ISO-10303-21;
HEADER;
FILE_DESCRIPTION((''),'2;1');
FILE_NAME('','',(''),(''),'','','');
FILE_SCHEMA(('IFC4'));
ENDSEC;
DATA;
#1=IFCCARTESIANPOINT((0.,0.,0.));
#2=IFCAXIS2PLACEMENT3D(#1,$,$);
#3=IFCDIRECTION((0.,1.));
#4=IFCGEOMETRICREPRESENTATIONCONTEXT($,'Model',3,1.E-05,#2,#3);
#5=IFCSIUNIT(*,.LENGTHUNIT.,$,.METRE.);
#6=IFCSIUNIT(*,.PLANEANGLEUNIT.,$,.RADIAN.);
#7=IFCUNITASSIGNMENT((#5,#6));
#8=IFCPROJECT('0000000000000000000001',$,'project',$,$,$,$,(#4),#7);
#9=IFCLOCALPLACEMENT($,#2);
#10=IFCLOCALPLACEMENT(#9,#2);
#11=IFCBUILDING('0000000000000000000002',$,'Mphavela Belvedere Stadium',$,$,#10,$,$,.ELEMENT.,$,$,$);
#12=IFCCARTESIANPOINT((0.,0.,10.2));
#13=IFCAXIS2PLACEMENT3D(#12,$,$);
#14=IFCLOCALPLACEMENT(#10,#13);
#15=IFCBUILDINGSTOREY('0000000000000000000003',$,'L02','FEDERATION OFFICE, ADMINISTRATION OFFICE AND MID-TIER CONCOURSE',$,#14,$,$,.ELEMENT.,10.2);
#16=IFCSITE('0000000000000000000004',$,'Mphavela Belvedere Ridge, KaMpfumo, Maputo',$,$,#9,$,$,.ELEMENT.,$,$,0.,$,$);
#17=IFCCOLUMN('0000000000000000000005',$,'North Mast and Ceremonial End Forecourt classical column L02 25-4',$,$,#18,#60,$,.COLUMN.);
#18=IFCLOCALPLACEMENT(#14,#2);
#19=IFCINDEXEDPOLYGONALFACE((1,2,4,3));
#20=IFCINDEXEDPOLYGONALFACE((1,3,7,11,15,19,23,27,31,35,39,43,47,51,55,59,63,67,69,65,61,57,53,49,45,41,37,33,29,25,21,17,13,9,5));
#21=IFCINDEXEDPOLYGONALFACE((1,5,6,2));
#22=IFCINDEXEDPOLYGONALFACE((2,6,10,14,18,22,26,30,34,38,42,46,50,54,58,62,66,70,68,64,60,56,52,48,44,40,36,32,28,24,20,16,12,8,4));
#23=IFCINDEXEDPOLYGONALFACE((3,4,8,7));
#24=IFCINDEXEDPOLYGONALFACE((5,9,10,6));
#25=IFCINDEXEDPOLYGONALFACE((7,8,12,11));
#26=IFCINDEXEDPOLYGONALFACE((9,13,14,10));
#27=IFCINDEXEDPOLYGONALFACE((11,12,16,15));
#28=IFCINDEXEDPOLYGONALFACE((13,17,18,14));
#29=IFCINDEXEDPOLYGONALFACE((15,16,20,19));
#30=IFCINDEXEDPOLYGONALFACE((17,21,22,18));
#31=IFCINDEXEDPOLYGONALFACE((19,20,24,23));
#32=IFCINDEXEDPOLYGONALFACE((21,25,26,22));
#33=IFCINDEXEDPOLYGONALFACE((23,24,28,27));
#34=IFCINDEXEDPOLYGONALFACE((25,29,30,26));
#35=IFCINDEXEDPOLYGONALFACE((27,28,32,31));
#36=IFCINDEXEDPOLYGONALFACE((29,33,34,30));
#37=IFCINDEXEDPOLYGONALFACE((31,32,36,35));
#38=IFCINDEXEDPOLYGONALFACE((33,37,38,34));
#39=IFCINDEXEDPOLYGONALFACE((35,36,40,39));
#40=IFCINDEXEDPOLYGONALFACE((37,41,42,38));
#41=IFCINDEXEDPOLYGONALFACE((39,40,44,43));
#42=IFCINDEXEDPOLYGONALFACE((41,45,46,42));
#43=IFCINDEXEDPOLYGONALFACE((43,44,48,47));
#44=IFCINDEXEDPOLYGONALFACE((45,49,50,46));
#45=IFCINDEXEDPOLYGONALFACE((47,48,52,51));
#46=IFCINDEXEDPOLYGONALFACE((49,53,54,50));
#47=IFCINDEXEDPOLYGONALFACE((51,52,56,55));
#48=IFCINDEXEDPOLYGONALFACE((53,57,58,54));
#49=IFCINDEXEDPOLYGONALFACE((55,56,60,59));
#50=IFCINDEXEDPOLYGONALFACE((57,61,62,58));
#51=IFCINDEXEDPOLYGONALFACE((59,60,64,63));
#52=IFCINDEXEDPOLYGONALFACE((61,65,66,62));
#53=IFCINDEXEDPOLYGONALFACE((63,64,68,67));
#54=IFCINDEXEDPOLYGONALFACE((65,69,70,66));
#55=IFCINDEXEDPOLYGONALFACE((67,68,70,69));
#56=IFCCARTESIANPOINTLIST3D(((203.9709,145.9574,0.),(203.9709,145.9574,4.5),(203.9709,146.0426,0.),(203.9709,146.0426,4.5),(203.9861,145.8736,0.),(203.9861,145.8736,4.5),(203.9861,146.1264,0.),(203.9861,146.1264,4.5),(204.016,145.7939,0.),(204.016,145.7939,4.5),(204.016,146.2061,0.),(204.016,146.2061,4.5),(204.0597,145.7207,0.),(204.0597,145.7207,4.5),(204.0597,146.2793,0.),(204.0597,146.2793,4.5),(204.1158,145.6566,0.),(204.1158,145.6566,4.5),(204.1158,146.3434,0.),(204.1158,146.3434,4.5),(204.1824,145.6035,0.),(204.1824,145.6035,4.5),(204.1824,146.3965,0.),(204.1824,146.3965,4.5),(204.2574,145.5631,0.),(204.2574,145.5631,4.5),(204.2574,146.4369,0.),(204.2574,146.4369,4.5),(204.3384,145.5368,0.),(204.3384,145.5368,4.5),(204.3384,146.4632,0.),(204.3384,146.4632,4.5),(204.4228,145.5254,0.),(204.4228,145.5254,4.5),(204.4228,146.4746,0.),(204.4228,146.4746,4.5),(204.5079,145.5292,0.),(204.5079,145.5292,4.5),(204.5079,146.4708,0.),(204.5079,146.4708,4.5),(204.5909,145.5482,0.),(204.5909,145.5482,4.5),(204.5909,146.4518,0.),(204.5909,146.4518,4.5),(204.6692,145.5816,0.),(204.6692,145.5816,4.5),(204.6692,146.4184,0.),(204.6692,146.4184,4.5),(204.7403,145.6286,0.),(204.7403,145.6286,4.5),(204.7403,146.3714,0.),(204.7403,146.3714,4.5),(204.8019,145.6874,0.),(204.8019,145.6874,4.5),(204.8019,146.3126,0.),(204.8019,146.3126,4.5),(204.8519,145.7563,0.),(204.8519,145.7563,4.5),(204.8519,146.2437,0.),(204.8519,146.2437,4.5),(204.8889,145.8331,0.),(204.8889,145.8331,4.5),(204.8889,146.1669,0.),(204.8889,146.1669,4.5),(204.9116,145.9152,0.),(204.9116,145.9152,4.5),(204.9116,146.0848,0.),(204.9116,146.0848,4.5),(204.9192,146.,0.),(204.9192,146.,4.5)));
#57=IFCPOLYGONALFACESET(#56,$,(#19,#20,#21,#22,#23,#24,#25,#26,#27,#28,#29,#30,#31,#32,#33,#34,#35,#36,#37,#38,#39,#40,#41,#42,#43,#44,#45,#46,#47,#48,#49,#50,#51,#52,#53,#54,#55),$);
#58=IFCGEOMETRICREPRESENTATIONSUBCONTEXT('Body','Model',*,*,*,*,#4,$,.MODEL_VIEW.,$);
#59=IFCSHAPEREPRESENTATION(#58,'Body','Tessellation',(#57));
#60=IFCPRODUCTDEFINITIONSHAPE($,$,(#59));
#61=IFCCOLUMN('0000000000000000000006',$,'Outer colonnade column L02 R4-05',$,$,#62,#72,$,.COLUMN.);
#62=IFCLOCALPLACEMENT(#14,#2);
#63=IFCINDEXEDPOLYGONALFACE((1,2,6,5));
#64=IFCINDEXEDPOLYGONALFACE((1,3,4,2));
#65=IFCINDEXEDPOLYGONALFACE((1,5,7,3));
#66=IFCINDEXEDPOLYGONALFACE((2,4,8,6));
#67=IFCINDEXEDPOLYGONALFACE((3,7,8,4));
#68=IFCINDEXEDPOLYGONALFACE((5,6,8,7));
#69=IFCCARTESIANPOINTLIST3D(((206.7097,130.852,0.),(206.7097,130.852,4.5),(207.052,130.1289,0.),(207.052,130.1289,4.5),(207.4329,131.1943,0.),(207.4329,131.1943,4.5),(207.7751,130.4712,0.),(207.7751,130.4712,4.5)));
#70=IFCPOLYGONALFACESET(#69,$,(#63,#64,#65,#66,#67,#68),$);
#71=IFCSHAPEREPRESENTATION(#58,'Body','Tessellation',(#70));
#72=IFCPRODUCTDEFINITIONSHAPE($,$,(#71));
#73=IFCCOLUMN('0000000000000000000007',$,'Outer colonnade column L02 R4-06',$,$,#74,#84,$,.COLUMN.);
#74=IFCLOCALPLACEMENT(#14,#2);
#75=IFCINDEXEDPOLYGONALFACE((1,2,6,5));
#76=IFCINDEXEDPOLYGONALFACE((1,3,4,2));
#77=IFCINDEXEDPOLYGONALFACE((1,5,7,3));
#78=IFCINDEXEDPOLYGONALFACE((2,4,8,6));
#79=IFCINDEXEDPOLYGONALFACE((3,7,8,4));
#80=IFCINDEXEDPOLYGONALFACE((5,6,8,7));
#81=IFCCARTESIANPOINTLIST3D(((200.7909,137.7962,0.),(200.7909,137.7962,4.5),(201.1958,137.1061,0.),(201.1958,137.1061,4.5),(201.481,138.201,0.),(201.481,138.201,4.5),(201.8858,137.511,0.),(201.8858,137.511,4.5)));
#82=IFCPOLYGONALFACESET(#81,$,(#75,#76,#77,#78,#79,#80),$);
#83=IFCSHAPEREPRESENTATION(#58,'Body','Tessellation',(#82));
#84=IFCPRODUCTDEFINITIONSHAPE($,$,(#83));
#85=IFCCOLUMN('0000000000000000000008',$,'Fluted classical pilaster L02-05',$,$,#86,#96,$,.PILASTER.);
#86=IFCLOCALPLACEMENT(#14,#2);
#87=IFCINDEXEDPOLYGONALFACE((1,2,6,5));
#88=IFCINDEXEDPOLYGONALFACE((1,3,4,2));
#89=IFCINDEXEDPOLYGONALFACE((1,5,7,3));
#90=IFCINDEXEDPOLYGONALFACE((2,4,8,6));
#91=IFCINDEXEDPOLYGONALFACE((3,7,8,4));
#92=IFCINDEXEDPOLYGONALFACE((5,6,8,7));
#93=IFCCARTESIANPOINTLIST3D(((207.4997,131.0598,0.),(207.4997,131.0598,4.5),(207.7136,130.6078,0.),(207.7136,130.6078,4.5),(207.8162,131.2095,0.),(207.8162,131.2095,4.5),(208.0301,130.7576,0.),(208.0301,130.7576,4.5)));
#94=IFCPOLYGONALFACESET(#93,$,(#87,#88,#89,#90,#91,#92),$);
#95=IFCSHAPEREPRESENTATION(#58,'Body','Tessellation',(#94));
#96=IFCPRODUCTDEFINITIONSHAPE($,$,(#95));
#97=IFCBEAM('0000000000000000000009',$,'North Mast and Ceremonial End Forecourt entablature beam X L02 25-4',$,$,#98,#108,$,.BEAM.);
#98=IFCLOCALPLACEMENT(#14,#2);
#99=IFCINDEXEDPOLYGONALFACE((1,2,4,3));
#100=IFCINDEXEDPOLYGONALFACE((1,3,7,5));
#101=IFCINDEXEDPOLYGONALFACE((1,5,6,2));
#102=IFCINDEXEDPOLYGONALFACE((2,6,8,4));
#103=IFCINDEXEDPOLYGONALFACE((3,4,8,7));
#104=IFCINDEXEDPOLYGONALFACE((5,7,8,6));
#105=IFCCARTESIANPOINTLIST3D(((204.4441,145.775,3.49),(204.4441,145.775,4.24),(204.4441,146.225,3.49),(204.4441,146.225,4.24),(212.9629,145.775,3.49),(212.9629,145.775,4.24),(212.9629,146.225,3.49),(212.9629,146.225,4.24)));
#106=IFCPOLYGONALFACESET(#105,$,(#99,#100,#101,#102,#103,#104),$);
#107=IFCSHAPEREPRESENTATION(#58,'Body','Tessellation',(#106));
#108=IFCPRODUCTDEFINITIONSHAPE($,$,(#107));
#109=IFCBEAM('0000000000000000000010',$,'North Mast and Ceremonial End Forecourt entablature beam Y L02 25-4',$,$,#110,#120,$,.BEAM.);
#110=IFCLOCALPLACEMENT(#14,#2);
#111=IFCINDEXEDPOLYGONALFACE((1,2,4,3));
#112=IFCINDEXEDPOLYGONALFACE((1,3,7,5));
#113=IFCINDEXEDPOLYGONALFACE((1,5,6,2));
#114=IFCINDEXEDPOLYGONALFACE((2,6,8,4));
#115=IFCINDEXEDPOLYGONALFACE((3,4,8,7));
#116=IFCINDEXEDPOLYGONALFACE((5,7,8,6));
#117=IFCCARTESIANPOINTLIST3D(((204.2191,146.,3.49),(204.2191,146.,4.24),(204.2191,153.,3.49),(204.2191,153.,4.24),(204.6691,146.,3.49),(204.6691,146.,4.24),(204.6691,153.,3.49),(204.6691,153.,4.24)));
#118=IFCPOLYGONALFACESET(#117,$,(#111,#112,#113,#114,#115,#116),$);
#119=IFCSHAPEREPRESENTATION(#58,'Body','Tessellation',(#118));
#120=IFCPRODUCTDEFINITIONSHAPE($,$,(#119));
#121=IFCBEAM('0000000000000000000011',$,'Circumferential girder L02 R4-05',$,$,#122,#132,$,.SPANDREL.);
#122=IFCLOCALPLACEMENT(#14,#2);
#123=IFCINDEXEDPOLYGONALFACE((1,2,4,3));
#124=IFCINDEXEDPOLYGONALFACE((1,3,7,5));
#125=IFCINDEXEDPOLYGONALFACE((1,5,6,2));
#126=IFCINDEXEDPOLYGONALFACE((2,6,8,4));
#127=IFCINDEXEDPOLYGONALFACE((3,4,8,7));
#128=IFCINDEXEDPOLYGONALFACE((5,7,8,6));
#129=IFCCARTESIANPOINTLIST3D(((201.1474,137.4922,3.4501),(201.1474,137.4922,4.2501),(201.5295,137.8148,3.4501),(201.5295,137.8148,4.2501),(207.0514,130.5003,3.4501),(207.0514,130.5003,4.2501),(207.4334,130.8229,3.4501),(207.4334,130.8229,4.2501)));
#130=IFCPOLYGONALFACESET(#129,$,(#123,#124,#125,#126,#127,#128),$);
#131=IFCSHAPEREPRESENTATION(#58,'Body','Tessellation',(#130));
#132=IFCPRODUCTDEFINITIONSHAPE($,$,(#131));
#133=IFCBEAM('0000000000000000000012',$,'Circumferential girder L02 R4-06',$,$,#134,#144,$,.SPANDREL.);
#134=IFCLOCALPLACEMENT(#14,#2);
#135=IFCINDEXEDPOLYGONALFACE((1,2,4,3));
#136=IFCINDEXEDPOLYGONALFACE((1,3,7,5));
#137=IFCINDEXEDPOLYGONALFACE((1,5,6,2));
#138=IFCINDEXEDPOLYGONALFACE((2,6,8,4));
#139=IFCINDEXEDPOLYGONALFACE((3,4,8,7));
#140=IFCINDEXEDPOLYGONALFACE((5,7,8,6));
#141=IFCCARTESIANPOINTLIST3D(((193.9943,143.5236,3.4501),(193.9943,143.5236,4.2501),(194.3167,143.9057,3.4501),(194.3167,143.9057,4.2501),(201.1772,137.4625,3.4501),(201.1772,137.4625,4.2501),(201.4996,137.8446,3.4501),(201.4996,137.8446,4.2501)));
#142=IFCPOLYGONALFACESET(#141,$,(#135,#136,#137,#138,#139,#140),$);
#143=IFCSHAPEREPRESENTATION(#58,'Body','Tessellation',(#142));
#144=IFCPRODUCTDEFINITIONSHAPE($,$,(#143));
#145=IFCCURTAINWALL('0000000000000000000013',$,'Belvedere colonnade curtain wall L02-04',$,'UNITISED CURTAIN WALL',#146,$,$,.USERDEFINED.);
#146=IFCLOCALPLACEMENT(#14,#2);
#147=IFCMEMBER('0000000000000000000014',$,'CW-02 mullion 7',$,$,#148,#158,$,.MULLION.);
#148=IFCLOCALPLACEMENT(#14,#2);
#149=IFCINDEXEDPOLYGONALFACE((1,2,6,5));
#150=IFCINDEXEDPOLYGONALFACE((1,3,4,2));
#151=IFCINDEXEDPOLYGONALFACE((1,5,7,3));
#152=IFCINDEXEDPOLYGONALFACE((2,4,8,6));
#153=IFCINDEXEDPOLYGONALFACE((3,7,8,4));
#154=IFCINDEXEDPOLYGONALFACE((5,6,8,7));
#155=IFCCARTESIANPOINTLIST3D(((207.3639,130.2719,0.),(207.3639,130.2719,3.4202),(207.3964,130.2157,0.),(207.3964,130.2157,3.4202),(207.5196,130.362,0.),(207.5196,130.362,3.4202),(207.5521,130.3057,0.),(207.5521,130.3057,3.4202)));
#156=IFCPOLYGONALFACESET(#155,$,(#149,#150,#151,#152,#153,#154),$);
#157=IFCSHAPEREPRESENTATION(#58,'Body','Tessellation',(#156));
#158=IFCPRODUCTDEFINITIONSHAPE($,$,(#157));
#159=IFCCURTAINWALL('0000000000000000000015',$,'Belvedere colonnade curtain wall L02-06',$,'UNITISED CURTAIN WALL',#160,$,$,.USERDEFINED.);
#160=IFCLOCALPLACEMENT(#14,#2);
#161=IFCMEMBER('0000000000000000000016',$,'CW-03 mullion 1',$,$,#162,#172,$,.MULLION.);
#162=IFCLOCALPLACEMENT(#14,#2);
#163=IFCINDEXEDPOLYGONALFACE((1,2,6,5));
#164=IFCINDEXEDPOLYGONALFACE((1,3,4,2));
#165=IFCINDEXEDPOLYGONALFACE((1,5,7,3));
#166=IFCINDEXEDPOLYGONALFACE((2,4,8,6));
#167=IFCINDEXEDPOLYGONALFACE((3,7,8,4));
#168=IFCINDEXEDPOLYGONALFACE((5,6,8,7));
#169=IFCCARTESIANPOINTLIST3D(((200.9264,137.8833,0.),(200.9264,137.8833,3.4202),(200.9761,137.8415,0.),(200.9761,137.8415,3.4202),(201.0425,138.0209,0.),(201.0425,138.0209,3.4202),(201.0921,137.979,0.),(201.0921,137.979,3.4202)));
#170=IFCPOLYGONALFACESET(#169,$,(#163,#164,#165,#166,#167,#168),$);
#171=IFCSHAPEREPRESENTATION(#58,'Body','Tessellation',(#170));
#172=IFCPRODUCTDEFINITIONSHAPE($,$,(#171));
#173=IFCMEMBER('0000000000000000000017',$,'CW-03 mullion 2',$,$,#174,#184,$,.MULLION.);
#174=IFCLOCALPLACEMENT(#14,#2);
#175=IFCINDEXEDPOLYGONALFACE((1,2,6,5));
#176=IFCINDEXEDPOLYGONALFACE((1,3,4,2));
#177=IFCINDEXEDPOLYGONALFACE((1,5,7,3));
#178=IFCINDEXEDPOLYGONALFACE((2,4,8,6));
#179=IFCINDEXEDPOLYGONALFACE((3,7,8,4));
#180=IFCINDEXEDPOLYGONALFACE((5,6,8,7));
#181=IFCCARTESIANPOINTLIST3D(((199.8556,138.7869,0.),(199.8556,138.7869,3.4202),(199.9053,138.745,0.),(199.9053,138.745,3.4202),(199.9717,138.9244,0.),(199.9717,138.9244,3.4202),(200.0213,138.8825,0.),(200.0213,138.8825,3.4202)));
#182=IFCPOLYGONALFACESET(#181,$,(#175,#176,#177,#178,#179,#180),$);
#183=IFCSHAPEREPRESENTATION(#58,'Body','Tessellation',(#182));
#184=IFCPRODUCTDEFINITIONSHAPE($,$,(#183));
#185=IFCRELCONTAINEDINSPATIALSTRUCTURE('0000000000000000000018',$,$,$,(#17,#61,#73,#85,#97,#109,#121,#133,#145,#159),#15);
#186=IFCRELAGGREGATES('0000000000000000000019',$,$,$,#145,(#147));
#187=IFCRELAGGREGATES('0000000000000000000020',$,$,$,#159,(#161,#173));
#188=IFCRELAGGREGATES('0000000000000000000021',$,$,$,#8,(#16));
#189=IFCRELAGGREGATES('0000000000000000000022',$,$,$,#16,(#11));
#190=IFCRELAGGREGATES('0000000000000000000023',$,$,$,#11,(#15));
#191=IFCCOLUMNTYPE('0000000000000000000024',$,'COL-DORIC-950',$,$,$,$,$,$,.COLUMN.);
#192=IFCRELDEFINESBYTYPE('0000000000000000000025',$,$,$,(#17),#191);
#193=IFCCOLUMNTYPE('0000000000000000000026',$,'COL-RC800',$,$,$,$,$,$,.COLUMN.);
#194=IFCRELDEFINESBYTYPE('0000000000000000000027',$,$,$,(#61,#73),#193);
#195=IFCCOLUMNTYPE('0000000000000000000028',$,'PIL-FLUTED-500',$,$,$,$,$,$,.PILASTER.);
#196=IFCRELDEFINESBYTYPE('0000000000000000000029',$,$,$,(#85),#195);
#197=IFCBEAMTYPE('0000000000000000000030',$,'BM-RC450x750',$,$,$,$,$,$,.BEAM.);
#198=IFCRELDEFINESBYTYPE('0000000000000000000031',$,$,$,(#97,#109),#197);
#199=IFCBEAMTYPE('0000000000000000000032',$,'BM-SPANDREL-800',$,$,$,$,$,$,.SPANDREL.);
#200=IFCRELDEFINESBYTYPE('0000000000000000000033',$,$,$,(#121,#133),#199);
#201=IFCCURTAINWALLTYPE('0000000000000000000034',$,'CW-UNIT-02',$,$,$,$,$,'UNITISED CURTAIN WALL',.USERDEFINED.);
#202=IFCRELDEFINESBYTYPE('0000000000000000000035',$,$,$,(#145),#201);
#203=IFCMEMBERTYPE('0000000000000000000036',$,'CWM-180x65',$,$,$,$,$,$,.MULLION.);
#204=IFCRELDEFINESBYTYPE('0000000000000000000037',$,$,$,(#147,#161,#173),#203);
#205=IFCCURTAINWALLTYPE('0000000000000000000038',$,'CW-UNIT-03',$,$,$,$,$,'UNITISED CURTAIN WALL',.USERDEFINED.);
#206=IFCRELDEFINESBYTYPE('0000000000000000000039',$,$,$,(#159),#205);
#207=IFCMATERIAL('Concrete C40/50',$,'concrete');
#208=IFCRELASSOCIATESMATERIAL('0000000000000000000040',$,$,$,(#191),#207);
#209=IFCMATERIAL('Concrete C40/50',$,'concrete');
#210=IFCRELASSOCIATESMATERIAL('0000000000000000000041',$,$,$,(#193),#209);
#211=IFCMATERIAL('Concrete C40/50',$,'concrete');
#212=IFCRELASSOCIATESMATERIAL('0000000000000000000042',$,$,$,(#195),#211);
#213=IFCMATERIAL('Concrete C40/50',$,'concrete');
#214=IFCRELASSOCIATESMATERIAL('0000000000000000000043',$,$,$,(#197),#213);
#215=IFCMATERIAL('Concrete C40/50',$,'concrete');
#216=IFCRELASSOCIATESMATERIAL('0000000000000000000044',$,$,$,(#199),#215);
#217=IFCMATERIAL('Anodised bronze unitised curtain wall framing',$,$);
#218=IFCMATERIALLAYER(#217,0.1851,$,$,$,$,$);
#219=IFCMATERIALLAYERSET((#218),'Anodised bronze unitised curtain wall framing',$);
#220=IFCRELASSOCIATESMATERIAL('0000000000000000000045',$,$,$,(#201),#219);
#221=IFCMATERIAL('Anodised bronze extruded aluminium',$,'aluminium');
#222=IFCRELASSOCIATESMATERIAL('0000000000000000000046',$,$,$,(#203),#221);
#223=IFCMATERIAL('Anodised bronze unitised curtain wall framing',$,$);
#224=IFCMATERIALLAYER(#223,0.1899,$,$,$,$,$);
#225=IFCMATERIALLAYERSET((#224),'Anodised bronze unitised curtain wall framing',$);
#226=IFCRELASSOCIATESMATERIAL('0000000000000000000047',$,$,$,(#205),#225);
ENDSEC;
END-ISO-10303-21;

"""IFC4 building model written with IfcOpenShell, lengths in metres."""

from ifc_helpers import new_model, si_unit, direction, frame, origin, origin_2d, place, context, subcontext, project, spatial, rectangle, circle, extrude, material, layer, layer_set, material_profile, profile_set, type_object, element, aggregate, save


model = new_model("IFC4")

# Units and contexts
model_context = context("Model", 3, precision=1e-05, world=origin(), true_north=direction((0.0, 1.0)))
body_context = subcontext(model_context, "Body", "Model", "MODEL_VIEW")
ifc_project = project(units=[si_unit("LENGTHUNIT", "METRE"), si_unit("PLANEANGLEUNIT", "RADIAN")], contexts=[model_context])

# Site, building, storey
site_placement = place(None, origin())
site = spatial("IfcSite", under=ifc_project, at=site_placement, Name="Mphavela Belvedere Ridge, KaMpfumo, Maputo", CompositionType="ELEMENT", RefElevation=0.0)
building_placement = place(site_placement, origin())
building = spatial("IfcBuilding", under=site, at=building_placement, Name="Mphavela Belvedere Stadium", CompositionType="ELEMENT")
storey_placement = place(building_placement, frame((0.0, 0.0, 10.2)))
storey = spatial("IfcBuildingStorey", under=building, at=storey_placement, Name="L02", Description="FEDERATION OFFICE, ADMINISTRATION OFFICE AND MID-TIER CONCOURSE", CompositionType="ELEMENT", Elevation=10.2)

# Columns
ifc_material_1 = material(Name="Concrete C40/50", Category="concrete")
ifc_material_profile_1 = material_profile(ifc_material_1, circle(Radius=0.4751, at=origin_2d()), Name="COL D950")
ifc_profile_set_1 = profile_set([ifc_material_profile_1], Name="Concrete C40/50")
column_type_1 = type_object("IfcColumnType", Name="COL-DORIC-950", PredefinedType="COLUMN", material=ifc_profile_set_1)
column_1_placement = place(storey_placement, frame((204.4441, 146.0, 0.0), z_axis=(0.0, 0.0, 1.0), x_axis=(1.0, 0.0, 0.0)))
element("IfcColumn", 1, at=column_1_placement, inside=storey, type_object=column_type_1, Name="North Mast and Ceremonial End Forecourt classical column L02 25-4", PredefinedType="COLUMN", context=body_context, shape_type="SweptSolid", body=[
    extrude(circle(Radius=0.4751, at=origin_2d()), origin(), (0.0, 0.0, 1.0), 4.5),
])
ifc_material_2 = material(Name="Concrete C40/50", Category="concrete")
ifc_material_profile_2 = material_profile(ifc_material_2, rectangle(XDim=0.8, YDim=0.8, at=origin_2d()), Name="RC 800x800")
ifc_profile_set_2 = profile_set([ifc_material_profile_2], Name="Concrete C40/50")
column_type_2 = type_object("IfcColumnType", Name="COL-RC800", PredefinedType="COLUMN", material=ifc_profile_set_2)
for number, where, z_axis, x_axis, name in (
    (2, (207.2424, 130.6616, 0.0), (0.0, 0.0, 1.0), (0.903859, 0.427831, 0.0), "Outer colonnade column L02 R4-05"),
    (3, (201.3384, 137.6536, 0.0), (0.0, 0.0, 1.0), (0.862514, 0.506034, 0.0), "Outer colonnade column L02 R4-06"),
):
    element("IfcColumn", number, at=place(storey_placement, frame(where, z_axis=z_axis, x_axis=x_axis)), inside=storey, type_object=column_type_2, Name=name, PredefinedType="COLUMN", context=body_context, shape_type="SweptSolid", body=[
        extrude(rectangle(XDim=0.8, YDim=0.8, at=origin_2d()), origin(), (0.0, 0.0, 1.0), 4.5),
    ])
ifc_material_3 = material(Name="Concrete C40/50", Category="concrete")
ifc_material_profile_3 = material_profile(ifc_material_3, rectangle(XDim=0.5, YDim=0.3501, at=origin_2d()), Name="PIL 500x350")
ifc_profile_set_3 = profile_set([ifc_material_profile_3], Name="Concrete C40/50")
column_type_3 = type_object("IfcColumnType", Name="PIL-FLUTED-500", PredefinedType="PILASTER", material=ifc_profile_set_3)
column_2_placement = place(storey_placement, frame((207.7649, 130.9087, 0.0), z_axis=(0.0, 0.0, 1.0), x_axis=(-0.427831, 0.903859, 0.0)))
element("IfcColumn", 4, at=column_2_placement, inside=storey, type_object=column_type_3, Name="Fluted classical pilaster L02-05", PredefinedType="PILASTER", context=body_context, shape_type="SweptSolid", body=[
    extrude(rectangle(XDim=0.5, YDim=0.3501, at=origin_2d()), origin(), (0.0, 0.0, 1.0), 4.5),
])

# Beams
ifc_material_4 = material(Name="Concrete C40/50", Category="concrete")
ifc_material_profile_4 = material_profile(ifc_material_4, rectangle(XDim=0.45, YDim=0.75, at=origin_2d()), Name="RC 450x750")
ifc_profile_set_4 = profile_set([ifc_material_profile_4], Name="Concrete C40/50")
beam_type_1 = type_object("IfcBeamType", Name="BM-RC450x750", PredefinedType="BEAM", material=ifc_profile_set_4)
beam_1_placement = place(storey_placement, frame((204.4441, 146.0, 3.865), z_axis=(1.0, 0.0, 0.0), x_axis=(0.0, 1.0, 0.0)))
element("IfcBeam", 5, at=beam_1_placement, inside=storey, type_object=beam_type_1, Name="North Mast and Ceremonial End Forecourt entablature beam X L02 25-4", PredefinedType="BEAM", context=body_context, shape_type="SweptSolid", body=[
    extrude(rectangle(XDim=0.45, YDim=0.75, at=origin_2d()), origin(), (0.0, 0.0, 1.0), 8.5188),
])
beam_2_placement = place(storey_placement, frame((204.4441, 146.0, 3.865), z_axis=(0.0, 1.0, 0.0), x_axis=(-1.0, 0.0, 0.0)))
element("IfcBeam", 6, at=beam_2_placement, inside=storey, type_object=beam_type_1, Name="North Mast and Ceremonial End Forecourt entablature beam Y L02 25-4", PredefinedType="BEAM", context=body_context, shape_type="SweptSolid", body=[
    extrude(rectangle(XDim=0.45, YDim=0.75, at=origin_2d()), origin(), (0.0, 0.0, 1.0), 7.0),
])
ifc_material_5 = material(Name="Concrete C40/50", Category="concrete")
ifc_material_profile_5 = material_profile(ifc_material_5, rectangle(XDim=0.5, YDim=0.8, at=origin_2d()), Name="RC 500x800")
ifc_profile_set_5 = profile_set([ifc_material_profile_5], Name="Concrete C40/50")
beam_type_2 = type_object("IfcBeamType", Name="BM-SPANDREL-800", PredefinedType="SPANDREL", material=ifc_profile_set_5)
beam_3_placement = place(storey_placement, frame((207.2424, 130.6616, 3.8501), z_axis=(-0.645165, 0.764044, 0.0), x_axis=(-0.764044, -0.645165, 0.0)))
element("IfcBeam", 7, at=beam_3_placement, inside=storey, type_object=beam_type_2, Name="Circumferential girder L02 R4-05", PredefinedType="SPANDREL", context=body_context, shape_type="SweptSolid", body=[
    extrude(rectangle(XDim=0.5, YDim=0.8, at=origin_2d()), origin(), (0.0, 0.0, 1.0), 9.1511),
])
beam_4_placement = place(storey_placement, frame((201.3384, 137.6536, 3.8501), z_axis=(-0.764265, 0.644902, 0.0), x_axis=(-0.644902, -0.764265, 0.0)))
element("IfcBeam", 8, at=beam_4_placement, inside=storey, type_object=beam_type_2, Name="Circumferential girder L02 R4-06", PredefinedType="SPANDREL", context=body_context, shape_type="SweptSolid", body=[
    extrude(rectangle(XDim=0.5, YDim=0.8, at=origin_2d()), origin(), (0.0, 0.0, 1.0), 9.3984),
])

# Curtain wall, member
ifc_material_6 = material(Name="Anodised bronze unitised curtain wall framing")
ifc_layer_1 = layer(ifc_material_6, 0.1851)
ifc_layer_set_1 = layer_set([ifc_layer_1], Name="Anodised bronze unitised curtain wall framing")
curtain_wall_type_1 = type_object("IfcCurtainWallType", Name="CW-UNIT-02", ElementType="UNITISED CURTAIN WALL", PredefinedType="USERDEFINED", material=ifc_layer_set_1)
curtain_wall_1_placement = place(storey_placement, origin())
curtain_wall_1 = element("IfcCurtainWall", 9, at=curtain_wall_1_placement, inside=storey, type_object=curtain_wall_type_1, Name="Belvedere colonnade curtain wall L02-04", ObjectType="UNITISED CURTAIN WALL", PredefinedType="USERDEFINED")
ifc_material_7 = material(Name="Anodised bronze extruded aluminium", Category="aluminium")
ifc_material_profile_6 = material_profile(ifc_material_7, rectangle(XDim=0.1799, YDim=0.0649, at=origin_2d()), Name="CW-MUL 180x65")
ifc_profile_set_6 = profile_set([ifc_material_profile_6], Name="Anodised bronze extruded aluminium")
member_type_1 = type_object("IfcMemberType", Name="CWM-180x65", PredefinedType="MULLION", material=ifc_profile_set_6)
member_1_placement = place(storey_placement, frame((207.458, 130.2888, 0.0), z_axis=(0.0, 0.0, 1.0), x_axis=(-0.8657, -0.500562, 0.0)))
member_1 = element("IfcMember", 10, at=member_1_placement, type_object=member_type_1, Name="CW-02 mullion 7", PredefinedType="MULLION", context=body_context, shape_type="SweptSolid", body=[
    extrude(rectangle(XDim=0.1799, YDim=0.0649, at=origin_2d()), origin(), (0.0, 0.0, 1.0), 3.4202),
])

# Curtain wall, members
ifc_material_8 = material(Name="Anodised bronze unitised curtain wall framing")
ifc_layer_2 = layer(ifc_material_8, 0.1899)
ifc_layer_set_2 = layer_set([ifc_layer_2], Name="Anodised bronze unitised curtain wall framing")
curtain_wall_type_2 = type_object("IfcCurtainWallType", Name="CW-UNIT-03", ElementType="UNITISED CURTAIN WALL", PredefinedType="USERDEFINED", material=ifc_layer_set_2)
curtain_wall_2_placement = place(storey_placement, origin())
curtain_wall_2 = element("IfcCurtainWall", 11, at=curtain_wall_2_placement, inside=storey, type_object=curtain_wall_type_2, Name="Belvedere colonnade curtain wall L02-06", ObjectType="UNITISED CURTAIN WALL", PredefinedType="USERDEFINED")
member_2_placement = place(storey_placement, frame((201.0093, 137.9312, 0.0), z_axis=(0.0, 0.0, 1.0), x_axis=(-0.644907, -0.764261, 0.0)))
member_2 = element("IfcMember", 12, at=member_2_placement, type_object=member_type_1, Name="CW-03 mullion 1", PredefinedType="MULLION", context=body_context, shape_type="SweptSolid", body=[
    extrude(rectangle(XDim=0.1799, YDim=0.0649, at=origin_2d()), origin(), (0.0, 0.0, 1.0), 3.4202),
])
member_3_placement = place(storey_placement, frame((199.9385, 138.8347, 0.0), z_axis=(0.0, 0.0, 1.0), x_axis=(-0.644907, -0.764261, 0.0)))
member_3 = element("IfcMember", 13, at=member_3_placement, type_object=member_type_1, Name="CW-03 mullion 2", PredefinedType="MULLION", context=body_context, shape_type="SweptSolid", body=[
    extrude(rectangle(XDim=0.1799, YDim=0.0649, at=origin_2d()), origin(), (0.0, 0.0, 1.0), 3.4202),
])

aggregate(curtain_wall_1, [member_1])
aggregate(curtain_wall_2, [member_2, member_3])

save(model, "model.ifc")
